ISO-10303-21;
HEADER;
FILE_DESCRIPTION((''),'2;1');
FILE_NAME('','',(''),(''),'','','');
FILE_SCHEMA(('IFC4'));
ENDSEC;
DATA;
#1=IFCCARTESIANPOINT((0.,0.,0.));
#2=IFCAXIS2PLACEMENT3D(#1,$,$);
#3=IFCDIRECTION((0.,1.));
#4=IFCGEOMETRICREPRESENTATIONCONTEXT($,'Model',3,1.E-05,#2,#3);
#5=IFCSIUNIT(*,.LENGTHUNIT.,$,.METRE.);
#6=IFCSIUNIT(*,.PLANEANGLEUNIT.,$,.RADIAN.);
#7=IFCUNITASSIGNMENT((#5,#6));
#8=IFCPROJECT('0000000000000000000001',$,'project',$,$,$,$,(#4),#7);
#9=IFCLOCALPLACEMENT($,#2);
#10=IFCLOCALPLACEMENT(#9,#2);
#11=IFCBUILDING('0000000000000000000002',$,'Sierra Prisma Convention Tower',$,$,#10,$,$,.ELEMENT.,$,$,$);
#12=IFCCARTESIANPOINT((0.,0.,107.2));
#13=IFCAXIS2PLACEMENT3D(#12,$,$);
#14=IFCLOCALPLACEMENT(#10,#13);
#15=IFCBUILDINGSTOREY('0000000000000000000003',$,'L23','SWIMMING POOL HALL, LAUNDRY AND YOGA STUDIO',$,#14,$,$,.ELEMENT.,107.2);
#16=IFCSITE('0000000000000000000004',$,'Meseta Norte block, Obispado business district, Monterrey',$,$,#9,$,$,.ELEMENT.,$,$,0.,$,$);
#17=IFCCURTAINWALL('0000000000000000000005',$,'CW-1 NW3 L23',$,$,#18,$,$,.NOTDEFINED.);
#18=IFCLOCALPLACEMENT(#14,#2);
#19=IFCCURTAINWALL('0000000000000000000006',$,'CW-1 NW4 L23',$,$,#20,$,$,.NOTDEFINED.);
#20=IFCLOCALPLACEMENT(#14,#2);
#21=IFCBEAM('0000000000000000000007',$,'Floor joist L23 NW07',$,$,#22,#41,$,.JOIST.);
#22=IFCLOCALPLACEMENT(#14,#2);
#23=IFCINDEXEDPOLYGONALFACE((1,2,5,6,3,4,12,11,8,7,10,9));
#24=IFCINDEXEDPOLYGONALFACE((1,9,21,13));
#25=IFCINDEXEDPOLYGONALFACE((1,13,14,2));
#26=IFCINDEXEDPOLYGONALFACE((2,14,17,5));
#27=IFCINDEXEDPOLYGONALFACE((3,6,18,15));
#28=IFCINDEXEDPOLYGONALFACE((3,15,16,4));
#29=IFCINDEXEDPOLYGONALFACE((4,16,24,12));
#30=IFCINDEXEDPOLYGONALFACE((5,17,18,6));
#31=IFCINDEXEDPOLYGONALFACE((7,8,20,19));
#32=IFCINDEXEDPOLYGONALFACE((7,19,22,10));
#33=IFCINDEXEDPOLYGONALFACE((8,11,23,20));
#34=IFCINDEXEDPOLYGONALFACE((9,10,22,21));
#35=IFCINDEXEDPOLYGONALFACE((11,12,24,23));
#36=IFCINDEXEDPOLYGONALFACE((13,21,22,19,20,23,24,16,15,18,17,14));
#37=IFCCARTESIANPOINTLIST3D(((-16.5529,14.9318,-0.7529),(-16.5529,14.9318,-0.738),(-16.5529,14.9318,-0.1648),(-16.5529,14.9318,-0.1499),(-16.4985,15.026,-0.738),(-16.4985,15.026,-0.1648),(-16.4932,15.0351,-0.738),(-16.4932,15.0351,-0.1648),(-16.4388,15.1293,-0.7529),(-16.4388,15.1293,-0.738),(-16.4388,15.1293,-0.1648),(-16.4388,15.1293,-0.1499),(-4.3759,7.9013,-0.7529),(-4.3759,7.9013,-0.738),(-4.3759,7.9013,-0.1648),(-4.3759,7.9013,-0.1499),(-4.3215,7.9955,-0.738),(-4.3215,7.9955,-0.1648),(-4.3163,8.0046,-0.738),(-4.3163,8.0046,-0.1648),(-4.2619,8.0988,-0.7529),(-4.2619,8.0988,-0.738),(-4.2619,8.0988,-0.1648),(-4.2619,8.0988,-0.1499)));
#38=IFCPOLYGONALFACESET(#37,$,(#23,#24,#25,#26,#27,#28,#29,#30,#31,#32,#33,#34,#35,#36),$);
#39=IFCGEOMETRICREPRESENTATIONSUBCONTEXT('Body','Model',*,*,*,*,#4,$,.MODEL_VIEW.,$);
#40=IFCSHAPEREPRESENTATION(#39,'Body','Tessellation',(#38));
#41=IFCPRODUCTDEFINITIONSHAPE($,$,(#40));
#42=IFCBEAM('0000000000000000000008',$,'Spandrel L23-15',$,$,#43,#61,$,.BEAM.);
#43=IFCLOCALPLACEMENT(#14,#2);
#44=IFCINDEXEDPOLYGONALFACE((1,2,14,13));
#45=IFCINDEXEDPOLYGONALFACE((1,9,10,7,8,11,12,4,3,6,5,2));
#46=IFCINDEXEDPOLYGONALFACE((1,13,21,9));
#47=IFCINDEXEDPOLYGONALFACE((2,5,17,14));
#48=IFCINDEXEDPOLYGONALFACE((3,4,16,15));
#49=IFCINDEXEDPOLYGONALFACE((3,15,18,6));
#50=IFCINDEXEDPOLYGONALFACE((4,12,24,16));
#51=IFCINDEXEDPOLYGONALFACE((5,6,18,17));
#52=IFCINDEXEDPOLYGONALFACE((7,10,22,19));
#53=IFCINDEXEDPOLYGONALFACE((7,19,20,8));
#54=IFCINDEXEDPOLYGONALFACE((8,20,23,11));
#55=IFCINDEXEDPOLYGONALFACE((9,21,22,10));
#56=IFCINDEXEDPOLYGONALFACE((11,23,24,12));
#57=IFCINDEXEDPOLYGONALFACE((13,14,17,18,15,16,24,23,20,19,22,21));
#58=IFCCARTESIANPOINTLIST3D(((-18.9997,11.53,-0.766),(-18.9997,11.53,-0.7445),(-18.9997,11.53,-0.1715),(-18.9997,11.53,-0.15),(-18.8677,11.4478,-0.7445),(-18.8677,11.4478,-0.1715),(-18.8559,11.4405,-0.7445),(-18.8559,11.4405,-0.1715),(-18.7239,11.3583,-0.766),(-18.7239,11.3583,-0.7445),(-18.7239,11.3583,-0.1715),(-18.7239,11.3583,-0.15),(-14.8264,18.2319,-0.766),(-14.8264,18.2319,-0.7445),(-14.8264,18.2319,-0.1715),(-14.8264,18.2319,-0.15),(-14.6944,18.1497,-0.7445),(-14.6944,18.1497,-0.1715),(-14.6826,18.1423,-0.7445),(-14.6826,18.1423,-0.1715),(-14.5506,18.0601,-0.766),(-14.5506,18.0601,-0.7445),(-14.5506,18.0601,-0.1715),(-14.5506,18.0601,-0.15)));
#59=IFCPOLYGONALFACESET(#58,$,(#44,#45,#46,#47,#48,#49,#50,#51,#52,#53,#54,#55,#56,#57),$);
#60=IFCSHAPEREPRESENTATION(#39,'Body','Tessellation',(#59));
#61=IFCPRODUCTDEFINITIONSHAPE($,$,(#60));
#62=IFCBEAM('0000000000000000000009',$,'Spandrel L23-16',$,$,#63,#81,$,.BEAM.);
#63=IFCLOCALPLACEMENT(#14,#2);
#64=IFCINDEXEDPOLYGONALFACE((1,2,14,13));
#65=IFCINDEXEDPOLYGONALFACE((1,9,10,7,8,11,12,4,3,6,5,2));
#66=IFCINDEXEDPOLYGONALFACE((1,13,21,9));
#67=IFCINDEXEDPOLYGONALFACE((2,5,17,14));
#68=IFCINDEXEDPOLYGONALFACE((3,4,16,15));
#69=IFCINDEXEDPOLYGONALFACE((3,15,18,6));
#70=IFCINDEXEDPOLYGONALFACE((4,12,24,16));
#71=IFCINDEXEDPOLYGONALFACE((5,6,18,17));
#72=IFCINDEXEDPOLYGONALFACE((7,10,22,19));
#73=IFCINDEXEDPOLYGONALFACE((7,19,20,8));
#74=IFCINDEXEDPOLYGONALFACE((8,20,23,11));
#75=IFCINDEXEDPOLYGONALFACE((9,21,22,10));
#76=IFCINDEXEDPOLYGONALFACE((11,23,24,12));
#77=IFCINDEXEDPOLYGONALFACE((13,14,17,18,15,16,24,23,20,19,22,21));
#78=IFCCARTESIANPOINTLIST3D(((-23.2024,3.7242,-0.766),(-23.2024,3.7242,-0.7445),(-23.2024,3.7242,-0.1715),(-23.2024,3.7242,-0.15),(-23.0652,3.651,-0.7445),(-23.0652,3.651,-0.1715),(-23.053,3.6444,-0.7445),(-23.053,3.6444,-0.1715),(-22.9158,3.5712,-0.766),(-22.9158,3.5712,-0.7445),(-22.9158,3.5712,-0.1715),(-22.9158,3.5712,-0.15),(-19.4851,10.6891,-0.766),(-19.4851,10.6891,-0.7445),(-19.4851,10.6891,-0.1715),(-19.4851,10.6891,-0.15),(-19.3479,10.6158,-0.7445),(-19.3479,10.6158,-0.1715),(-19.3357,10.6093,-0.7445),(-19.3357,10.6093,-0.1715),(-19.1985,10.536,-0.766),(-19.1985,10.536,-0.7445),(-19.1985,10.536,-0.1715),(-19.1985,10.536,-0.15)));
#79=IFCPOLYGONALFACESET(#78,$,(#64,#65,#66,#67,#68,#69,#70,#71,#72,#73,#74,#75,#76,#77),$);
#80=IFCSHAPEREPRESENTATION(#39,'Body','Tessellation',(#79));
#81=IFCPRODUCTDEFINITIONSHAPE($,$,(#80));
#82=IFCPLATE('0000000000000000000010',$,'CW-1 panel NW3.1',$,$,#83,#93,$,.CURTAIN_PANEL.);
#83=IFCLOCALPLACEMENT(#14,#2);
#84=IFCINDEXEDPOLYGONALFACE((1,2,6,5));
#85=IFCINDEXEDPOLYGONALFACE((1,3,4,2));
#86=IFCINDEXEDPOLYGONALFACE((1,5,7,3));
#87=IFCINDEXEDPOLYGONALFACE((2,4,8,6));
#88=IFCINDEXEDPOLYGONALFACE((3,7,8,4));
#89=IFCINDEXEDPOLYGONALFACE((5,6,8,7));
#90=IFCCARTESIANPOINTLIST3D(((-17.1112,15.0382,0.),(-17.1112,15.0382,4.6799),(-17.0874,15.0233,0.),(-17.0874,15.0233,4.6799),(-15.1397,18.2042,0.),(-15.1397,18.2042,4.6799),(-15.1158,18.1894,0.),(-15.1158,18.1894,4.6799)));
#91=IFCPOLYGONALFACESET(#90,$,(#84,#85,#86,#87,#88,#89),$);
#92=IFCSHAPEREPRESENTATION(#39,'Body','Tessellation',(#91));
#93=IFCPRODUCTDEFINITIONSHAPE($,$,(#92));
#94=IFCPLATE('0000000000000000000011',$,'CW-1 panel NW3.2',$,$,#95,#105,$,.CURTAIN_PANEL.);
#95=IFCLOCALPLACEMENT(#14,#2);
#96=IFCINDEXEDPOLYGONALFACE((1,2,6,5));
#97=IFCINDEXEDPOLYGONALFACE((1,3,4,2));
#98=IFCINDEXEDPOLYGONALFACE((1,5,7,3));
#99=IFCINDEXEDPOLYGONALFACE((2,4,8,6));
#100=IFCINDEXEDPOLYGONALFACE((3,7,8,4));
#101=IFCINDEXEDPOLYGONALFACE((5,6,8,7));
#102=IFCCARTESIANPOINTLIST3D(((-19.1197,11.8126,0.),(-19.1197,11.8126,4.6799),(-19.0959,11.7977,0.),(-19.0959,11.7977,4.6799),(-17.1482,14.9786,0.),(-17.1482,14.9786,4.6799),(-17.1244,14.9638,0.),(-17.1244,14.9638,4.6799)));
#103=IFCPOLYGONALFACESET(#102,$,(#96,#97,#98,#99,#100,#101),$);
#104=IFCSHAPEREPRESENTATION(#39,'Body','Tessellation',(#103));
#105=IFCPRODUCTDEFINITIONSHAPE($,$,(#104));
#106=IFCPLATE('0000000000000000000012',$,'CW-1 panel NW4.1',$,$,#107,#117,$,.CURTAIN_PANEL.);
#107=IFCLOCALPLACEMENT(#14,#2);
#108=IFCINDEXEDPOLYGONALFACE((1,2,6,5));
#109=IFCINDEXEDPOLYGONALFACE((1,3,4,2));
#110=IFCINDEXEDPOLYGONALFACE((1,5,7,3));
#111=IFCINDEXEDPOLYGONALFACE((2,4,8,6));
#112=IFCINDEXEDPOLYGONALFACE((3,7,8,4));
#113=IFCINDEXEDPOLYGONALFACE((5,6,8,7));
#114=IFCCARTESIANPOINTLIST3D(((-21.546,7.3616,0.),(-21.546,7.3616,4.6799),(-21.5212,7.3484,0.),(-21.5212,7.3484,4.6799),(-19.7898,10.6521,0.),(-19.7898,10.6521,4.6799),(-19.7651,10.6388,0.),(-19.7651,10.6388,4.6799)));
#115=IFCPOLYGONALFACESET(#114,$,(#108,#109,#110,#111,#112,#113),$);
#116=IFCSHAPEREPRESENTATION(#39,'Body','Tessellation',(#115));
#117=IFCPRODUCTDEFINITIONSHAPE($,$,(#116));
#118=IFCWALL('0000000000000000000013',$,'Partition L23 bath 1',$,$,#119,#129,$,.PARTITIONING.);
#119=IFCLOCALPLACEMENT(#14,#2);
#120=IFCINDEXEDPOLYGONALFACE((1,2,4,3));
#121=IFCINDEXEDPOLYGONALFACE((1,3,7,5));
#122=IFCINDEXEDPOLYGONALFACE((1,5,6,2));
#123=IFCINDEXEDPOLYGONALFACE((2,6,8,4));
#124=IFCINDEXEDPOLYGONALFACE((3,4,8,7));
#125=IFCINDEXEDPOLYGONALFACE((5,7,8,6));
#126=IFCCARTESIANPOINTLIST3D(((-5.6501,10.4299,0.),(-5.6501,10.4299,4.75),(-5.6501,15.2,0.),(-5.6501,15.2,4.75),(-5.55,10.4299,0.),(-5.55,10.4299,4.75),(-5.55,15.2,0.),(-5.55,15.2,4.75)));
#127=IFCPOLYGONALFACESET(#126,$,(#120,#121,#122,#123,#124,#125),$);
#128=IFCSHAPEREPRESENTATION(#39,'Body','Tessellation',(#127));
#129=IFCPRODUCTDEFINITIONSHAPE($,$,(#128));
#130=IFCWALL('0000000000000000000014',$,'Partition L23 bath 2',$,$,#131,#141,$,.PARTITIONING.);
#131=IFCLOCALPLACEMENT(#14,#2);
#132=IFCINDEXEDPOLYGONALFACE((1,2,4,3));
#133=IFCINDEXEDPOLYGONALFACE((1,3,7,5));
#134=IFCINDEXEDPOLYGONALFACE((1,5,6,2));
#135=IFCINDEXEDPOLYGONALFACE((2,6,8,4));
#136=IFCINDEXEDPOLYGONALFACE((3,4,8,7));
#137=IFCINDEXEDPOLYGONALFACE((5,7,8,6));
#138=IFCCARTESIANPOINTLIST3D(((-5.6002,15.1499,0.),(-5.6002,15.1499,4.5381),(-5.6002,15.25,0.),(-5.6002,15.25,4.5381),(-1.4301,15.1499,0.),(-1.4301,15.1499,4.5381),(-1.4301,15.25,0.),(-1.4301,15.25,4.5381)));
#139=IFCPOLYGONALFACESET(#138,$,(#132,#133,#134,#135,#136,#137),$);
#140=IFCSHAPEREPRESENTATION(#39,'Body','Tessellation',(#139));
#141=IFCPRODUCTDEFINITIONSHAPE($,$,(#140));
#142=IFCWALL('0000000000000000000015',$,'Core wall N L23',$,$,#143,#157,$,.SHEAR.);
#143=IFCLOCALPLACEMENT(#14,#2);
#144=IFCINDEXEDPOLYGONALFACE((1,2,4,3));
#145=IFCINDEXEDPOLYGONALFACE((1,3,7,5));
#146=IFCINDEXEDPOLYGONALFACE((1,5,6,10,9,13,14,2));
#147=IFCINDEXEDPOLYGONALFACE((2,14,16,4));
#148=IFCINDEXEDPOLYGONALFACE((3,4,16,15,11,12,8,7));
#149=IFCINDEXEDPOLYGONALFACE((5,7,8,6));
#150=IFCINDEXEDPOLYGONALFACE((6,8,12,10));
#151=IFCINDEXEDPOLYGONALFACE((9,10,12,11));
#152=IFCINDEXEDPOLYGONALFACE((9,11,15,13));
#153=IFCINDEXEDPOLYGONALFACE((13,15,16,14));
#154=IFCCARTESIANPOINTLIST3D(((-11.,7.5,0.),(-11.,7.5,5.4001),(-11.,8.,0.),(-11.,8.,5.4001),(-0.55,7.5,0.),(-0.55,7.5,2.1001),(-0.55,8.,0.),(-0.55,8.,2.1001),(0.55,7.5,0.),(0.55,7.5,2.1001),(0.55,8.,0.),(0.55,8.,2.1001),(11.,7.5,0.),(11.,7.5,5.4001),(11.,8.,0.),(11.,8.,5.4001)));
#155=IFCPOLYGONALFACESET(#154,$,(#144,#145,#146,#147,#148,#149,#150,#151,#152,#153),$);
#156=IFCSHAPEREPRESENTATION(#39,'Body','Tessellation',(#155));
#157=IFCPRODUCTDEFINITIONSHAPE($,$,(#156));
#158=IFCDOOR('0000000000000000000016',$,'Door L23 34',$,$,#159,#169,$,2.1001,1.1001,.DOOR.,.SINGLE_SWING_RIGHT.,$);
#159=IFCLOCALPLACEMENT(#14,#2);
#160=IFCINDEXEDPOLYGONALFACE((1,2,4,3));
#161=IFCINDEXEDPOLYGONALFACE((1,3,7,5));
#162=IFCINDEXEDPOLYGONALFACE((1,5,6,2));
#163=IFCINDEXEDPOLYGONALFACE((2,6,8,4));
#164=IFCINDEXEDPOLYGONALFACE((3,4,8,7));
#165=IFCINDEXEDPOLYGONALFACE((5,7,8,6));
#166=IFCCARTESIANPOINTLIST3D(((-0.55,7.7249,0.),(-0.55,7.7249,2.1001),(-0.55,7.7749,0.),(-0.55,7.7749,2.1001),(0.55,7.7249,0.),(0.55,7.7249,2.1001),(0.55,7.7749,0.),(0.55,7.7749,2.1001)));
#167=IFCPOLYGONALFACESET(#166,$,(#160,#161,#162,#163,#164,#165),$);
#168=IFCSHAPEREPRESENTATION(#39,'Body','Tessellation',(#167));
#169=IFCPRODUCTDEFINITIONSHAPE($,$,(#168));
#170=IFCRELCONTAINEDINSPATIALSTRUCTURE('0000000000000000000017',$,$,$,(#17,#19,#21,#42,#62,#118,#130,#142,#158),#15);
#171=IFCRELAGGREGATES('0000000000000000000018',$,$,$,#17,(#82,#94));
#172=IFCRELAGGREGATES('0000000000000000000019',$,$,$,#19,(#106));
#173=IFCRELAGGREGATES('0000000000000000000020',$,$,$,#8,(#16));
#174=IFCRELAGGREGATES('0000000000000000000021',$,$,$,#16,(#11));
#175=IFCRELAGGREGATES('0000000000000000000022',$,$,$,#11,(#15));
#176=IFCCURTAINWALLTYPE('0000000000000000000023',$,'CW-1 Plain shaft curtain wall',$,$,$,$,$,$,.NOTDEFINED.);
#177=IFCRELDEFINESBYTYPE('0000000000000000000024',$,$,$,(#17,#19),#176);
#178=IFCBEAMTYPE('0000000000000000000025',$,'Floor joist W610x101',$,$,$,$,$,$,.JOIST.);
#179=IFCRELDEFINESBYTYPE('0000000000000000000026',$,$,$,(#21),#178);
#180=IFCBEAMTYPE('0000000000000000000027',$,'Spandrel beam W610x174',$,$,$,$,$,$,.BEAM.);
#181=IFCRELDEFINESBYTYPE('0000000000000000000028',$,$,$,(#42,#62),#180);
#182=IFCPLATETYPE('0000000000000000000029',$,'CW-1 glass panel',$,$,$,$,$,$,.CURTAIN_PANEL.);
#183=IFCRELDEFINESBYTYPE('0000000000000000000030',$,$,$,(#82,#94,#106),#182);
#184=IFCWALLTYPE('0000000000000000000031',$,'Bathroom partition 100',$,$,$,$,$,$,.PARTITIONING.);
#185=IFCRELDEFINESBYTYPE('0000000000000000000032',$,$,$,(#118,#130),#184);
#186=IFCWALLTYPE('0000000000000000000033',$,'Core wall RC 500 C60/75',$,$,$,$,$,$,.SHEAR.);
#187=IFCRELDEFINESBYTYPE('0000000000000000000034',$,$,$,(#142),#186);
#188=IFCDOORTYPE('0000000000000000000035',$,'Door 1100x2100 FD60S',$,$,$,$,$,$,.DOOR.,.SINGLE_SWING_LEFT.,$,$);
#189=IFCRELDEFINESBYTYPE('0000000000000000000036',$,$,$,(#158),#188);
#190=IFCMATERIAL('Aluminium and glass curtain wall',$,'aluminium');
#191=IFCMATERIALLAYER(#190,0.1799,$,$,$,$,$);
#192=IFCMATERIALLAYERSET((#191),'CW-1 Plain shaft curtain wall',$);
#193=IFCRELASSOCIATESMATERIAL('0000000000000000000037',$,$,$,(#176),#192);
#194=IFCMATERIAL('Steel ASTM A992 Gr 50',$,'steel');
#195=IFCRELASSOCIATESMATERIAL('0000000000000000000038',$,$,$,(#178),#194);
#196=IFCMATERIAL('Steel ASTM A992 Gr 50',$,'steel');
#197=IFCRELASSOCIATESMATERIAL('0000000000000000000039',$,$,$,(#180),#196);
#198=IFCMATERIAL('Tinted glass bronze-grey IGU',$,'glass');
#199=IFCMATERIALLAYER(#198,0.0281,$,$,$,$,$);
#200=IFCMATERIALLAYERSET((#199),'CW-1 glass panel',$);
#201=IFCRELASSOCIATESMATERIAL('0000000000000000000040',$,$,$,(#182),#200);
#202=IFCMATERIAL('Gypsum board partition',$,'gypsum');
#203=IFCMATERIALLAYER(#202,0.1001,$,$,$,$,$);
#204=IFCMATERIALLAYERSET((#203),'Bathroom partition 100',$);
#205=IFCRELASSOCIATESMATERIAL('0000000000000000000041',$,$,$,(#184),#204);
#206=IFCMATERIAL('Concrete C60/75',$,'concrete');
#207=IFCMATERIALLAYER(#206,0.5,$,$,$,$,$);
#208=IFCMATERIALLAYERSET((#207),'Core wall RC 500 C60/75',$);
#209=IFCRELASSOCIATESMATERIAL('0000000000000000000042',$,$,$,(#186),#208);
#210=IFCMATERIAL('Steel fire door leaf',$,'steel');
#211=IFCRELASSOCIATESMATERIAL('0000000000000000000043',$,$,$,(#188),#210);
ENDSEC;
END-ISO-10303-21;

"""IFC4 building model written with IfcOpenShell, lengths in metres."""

from ifc_helpers import new_model, si_unit, direction, frame, frame_2d, origin, origin_2d, place, context, subcontext, project, spatial, rectangle, i_section, extrude, material, layer, layer_set, material_profile, profile_set, type_object, element, fill, aggregate, save


model = new_model("IFC4")

# Units and contexts
model_context = context("Model", 3, precision=1e-05, world=origin(), true_north=direction((0.0, 1.0)))
body_context = subcontext(model_context, "Body", "Model", "MODEL_VIEW")
ifc_project = project(units=[si_unit("LENGTHUNIT", "METRE"), si_unit("PLANEANGLEUNIT", "RADIAN")], contexts=[model_context])

# Site, building, storey
site_placement = place(None, origin())
site = spatial("IfcSite", under=ifc_project, at=site_placement, Name="Meseta Norte block, Obispado business district, Monterrey", CompositionType="ELEMENT", RefElevation=0.0)
building_placement = place(site_placement, origin())
building = spatial("IfcBuilding", under=site, at=building_placement, Name="Sierra Prisma Convention Tower", CompositionType="ELEMENT")
storey_placement = place(building_placement, frame((0.0, 0.0, 107.2)))
storey = spatial("IfcBuildingStorey", under=building, at=storey_placement, Name="L23", Description="SWIMMING POOL HALL, LAUNDRY AND YOGA STUDIO", CompositionType="ELEMENT", Elevation=107.2)

# Curtain wall
ifc_material_1 = material(Name="Aluminium and glass curtain wall", Category="aluminium")
ifc_layer_1 = layer(ifc_material_1, 0.1799)
ifc_layer_set_1 = layer_set([ifc_layer_1], Name="CW-1 Plain shaft curtain wall")
curtain_wall_type = type_object("IfcCurtainWallType", Name="CW-1 Plain shaft curtain wall", PredefinedType="NOTDEFINED", material=ifc_layer_set_1)
curtain_wall_1_placement = place(storey_placement, origin())
curtain_wall_1 = element("IfcCurtainWall", 1, at=curtain_wall_1_placement, inside=storey, type_object=curtain_wall_type, Name="CW-1 NW3 L23", PredefinedType="NOTDEFINED")

# Curtain wall
curtain_wall_2_placement = place(storey_placement, origin())
curtain_wall_2 = element("IfcCurtainWall", 2, at=curtain_wall_2_placement, inside=storey, type_object=curtain_wall_type, Name="CW-1 NW4 L23", PredefinedType="NOTDEFINED")

# Beams
ifc_material_2 = material(Name="Steel ASTM A992 Gr 50", Category="steel")
ifc_material_profile_1 = material_profile(ifc_material_2, i_section(OverallWidth=0.228, OverallDepth=0.603, WebThickness=0.0105, FlangeThickness=0.0149, at=origin_2d()), Name="W610x101")
ifc_profile_set_1 = profile_set([ifc_material_profile_1], Name="Steel ASTM A992 Gr 50")
beam_type_1 = type_object("IfcBeamType", Name="Floor joist W610x101", PredefinedType="JOIST", material=ifc_profile_set_1)
beam_1_placement = place(storey_placement, frame((-16.4958, 15.0305, -0.4514), z_axis=(0.866022, -0.500007, 0.0), x_axis=(0.500007, 0.866022, 0.0)))
element("IfcBeam", 3, at=beam_1_placement, inside=storey, type_object=beam_type_1, Name="Floor joist L23 NW07", PredefinedType="JOIST", context=body_context, shape_type="SweptSolid", body=[
    extrude(i_section(OverallWidth=0.228, OverallDepth=0.603, WebThickness=0.0105, FlangeThickness=0.0149, at=origin_2d()), origin(), (0.0, 0.0, 1.0), 14.0608),
])
ifc_material_3 = material(Name="Steel ASTM A992 Gr 50", Category="steel")
ifc_material_profile_2 = material_profile(ifc_material_3, i_section(OverallWidth=0.325, OverallDepth=0.616, WebThickness=0.0139, FlangeThickness=0.0215, at=origin_2d()), Name="W610x174")
ifc_profile_set_2 = profile_set([ifc_material_profile_2], Name="Steel ASTM A992 Gr 50")
beam_type_2 = type_object("IfcBeamType", Name="Spandrel beam W610x174", PredefinedType="BEAM", material=ifc_profile_set_2)
beam_2_placement = place(storey_placement, frame((-14.6885, 18.146, -0.458), z_axis=(-0.5286, -0.848871, 0.0), x_axis=(0.848871, -0.5286, 0.0)))
element("IfcBeam", 4, at=beam_2_placement, inside=storey, type_object=beam_type_2, Name="Spandrel L23-15", PredefinedType="BEAM", context=body_context, shape_type="SweptSolid", body=[
    extrude(i_section(OverallWidth=0.325, OverallDepth=0.616, WebThickness=0.0139, FlangeThickness=0.0215, at=origin_2d()), origin(), (0.0, 0.0, 1.0), 7.895),
])
beam_3_placement = place(storey_placement, frame((-19.3418, 10.6125, -0.458), z_axis=(-0.470855, -0.882211, 0.0), x_axis=(0.882211, -0.470855, 0.0)))
element("IfcBeam", 5, at=beam_3_placement, inside=storey, type_object=beam_type_2, Name="Spandrel L23-16", PredefinedType="BEAM", context=body_context, shape_type="SweptSolid", body=[
    extrude(i_section(OverallWidth=0.325, OverallDepth=0.616, WebThickness=0.0139, FlangeThickness=0.0215, at=origin_2d()), origin(), (0.0, 0.0, 1.0), 7.8948),
])

# Plates
ifc_material_4 = material(Name="Tinted glass bronze-grey IGU", Category="glass")
ifc_layer_2 = layer(ifc_material_4, 0.0281)
ifc_layer_set_2 = layer_set([ifc_layer_2], Name="CW-1 glass panel")
plate_type = type_object("IfcPlateType", Name="CW-1 glass panel", PredefinedType="CURTAIN_PANEL", material=ifc_layer_set_2)
plate_1_placement = place(storey_placement, frame((-16.1135, 16.6138, 0.0), z_axis=(0.0, 0.0, 1.0), x_axis=(-0.528596, -0.848874, 0.0)))
plate_1 = element("IfcPlate", 6, at=plate_1_placement, type_object=plate_type, Name="CW-1 panel NW3.1", PredefinedType="CURTAIN_PANEL", context=body_context, shape_type="SweptSolid", body=[
    extrude(rectangle(XDim=3.7297, YDim=0.0281, at=origin_2d()), origin(), (0.0, 0.0, 1.0), 4.6799),
])
plate_2_placement = place(storey_placement, frame((-18.1221, 13.3882, 0.0), z_axis=(0.0, 0.0, 1.0), x_axis=(-0.528596, -0.848874, 0.0)))
plate_2 = element("IfcPlate", 7, at=plate_2_placement, type_object=plate_type, Name="CW-1 panel NW3.2", PredefinedType="CURTAIN_PANEL", context=body_context, shape_type="SweptSolid", body=[
    extrude(rectangle(XDim=3.7297, YDim=0.0281, at=origin_2d()), origin(), (0.0, 0.0, 1.0), 4.6799),
])
aggregate(curtain_wall_1, [plate_1, plate_2])
plate_3_placement = place(storey_placement, frame((-20.6555, 9.0002, 0.0), z_axis=(0.0, 0.0, 1.0), x_axis=(-0.470848, -0.882214, 0.0)))
plate_3 = element("IfcPlate", 8, at=plate_3_placement, type_object=plate_type, Name="CW-1 panel NW4.1", PredefinedType="CURTAIN_PANEL", context=body_context, shape_type="SweptSolid", body=[
    extrude(rectangle(XDim=3.7297, YDim=0.0281, at=origin_2d()), origin(), (0.0, 0.0, 1.0), 4.6799),
])
aggregate(curtain_wall_2, [plate_3])

# Walls
ifc_material_5 = material(Name="Gypsum board partition", Category="gypsum")
ifc_layer_3 = layer(ifc_material_5, 0.1001)
ifc_layer_set_3 = layer_set([ifc_layer_3], Name="Bathroom partition 100")
wall_type_1 = type_object("IfcWallType", Name="Bathroom partition 100", PredefinedType="PARTITIONING", material=ifc_layer_set_3)
wall_1_placement = place(storey_placement, frame((-5.6001, 10.4299, 0.0), z_axis=(0.0, 0.0, 1.0), x_axis=(0.0, 1.0, 0.0)))
element("IfcWall", 9, at=wall_1_placement, inside=storey, type_object=wall_type_1, Name="Partition L23 bath 1", PredefinedType="PARTITIONING", context=body_context, shape_type="SweptSolid", body=[
    extrude(rectangle(XDim=4.77, YDim=0.1001, at=frame_2d((2.385, 0.0))), origin(), (0.0, 0.0, 1.0), 4.75),
])
wall_2_placement = place(storey_placement, frame((-5.6001, 15.2, 0.0), z_axis=(0.0, 0.0, 1.0), x_axis=(1.0, 0.0, 0.0)))
element("IfcWall", 10, at=wall_2_placement, inside=storey, type_object=wall_type_1, Name="Partition L23 bath 2", PredefinedType="PARTITIONING", context=body_context, shape_type="SweptSolid", body=[
    extrude(rectangle(XDim=4.1702, YDim=0.1001, at=frame_2d((2.085, 0.0))), origin(), (0.0, 0.0, 1.0), 4.5381),
])

# Wall, opening, door
ifc_material_6 = material(Name="Concrete C60/75", Category="concrete")
ifc_layer_4 = layer(ifc_material_6, 0.5)
ifc_layer_set_4 = layer_set([ifc_layer_4], Name="Core wall RC 500 C60/75")
wall_type_2 = type_object("IfcWallType", Name="Core wall RC 500 C60/75", PredefinedType="SHEAR", material=ifc_layer_set_4)
wall_3_placement = place(storey_placement, frame((-11.0, 7.75, 0.0), z_axis=(0.0, 0.0, 1.0), x_axis=(1.0, 0.0, 0.0)))
wall_3 = element("IfcWall", 11, at=wall_3_placement, inside=storey, type_object=wall_type_2, Name="Core wall N L23", PredefinedType="SHEAR", context=body_context, shape_type="SweptSolid", body=[
    extrude(rectangle(XDim=22.0, YDim=0.5, at=frame_2d((11.0, 0.0))), origin(), (0.0, 0.0, 1.0), 5.4001),
])
opening_1_placement = place(wall_3_placement, frame((10.45, 0.0, 0.0)))
opening_1 = element("IfcOpeningElement", 12, at=opening_1_placement, cuts=wall_3, PredefinedType="OPENING", context=body_context, shape_type="SweptSolid", body=[
    extrude(rectangle(XDim=1.1001, YDim=2.1001, at=frame_2d((0.55, 1.05))), frame((0.0, 0.25, 0.0), z_axis=(0.0, -1.0, 0.0), x_axis=(1.0, 0.0, 0.0)), (0.0, 0.0, 1.0), 0.5),
])
ifc_material_7 = material(Name="Steel fire door leaf", Category="steel")
door_type_1 = type_object("IfcDoorType", Name="Door 1100x2100 FD60S", OperationType="SINGLE_SWING_LEFT", PredefinedType="DOOR", material=ifc_material_7)
door_1_placement = place(opening_1_placement, origin())
door_1 = element("IfcDoor", 13, at=door_1_placement, inside=storey, type_object=door_type_1, Name="Door L23 34", OperationType="SINGLE_SWING_RIGHT", OverallHeight=2.1001, OverallWidth=1.1001, PredefinedType="DOOR", context=body_context, shape_type="SweptSolid", body=[
    extrude(rectangle(XDim=1.1001, YDim=2.1001, at=frame_2d((0.55, 1.05))), frame((0.0, 0.0249, 0.0), z_axis=(0.0, -1.0, 0.0), x_axis=(1.0, 0.0, 0.0)), (0.0, 0.0, 1.0), 0.05),
])
fill(opening_1, door_1)

save(model, "model.ifc")
